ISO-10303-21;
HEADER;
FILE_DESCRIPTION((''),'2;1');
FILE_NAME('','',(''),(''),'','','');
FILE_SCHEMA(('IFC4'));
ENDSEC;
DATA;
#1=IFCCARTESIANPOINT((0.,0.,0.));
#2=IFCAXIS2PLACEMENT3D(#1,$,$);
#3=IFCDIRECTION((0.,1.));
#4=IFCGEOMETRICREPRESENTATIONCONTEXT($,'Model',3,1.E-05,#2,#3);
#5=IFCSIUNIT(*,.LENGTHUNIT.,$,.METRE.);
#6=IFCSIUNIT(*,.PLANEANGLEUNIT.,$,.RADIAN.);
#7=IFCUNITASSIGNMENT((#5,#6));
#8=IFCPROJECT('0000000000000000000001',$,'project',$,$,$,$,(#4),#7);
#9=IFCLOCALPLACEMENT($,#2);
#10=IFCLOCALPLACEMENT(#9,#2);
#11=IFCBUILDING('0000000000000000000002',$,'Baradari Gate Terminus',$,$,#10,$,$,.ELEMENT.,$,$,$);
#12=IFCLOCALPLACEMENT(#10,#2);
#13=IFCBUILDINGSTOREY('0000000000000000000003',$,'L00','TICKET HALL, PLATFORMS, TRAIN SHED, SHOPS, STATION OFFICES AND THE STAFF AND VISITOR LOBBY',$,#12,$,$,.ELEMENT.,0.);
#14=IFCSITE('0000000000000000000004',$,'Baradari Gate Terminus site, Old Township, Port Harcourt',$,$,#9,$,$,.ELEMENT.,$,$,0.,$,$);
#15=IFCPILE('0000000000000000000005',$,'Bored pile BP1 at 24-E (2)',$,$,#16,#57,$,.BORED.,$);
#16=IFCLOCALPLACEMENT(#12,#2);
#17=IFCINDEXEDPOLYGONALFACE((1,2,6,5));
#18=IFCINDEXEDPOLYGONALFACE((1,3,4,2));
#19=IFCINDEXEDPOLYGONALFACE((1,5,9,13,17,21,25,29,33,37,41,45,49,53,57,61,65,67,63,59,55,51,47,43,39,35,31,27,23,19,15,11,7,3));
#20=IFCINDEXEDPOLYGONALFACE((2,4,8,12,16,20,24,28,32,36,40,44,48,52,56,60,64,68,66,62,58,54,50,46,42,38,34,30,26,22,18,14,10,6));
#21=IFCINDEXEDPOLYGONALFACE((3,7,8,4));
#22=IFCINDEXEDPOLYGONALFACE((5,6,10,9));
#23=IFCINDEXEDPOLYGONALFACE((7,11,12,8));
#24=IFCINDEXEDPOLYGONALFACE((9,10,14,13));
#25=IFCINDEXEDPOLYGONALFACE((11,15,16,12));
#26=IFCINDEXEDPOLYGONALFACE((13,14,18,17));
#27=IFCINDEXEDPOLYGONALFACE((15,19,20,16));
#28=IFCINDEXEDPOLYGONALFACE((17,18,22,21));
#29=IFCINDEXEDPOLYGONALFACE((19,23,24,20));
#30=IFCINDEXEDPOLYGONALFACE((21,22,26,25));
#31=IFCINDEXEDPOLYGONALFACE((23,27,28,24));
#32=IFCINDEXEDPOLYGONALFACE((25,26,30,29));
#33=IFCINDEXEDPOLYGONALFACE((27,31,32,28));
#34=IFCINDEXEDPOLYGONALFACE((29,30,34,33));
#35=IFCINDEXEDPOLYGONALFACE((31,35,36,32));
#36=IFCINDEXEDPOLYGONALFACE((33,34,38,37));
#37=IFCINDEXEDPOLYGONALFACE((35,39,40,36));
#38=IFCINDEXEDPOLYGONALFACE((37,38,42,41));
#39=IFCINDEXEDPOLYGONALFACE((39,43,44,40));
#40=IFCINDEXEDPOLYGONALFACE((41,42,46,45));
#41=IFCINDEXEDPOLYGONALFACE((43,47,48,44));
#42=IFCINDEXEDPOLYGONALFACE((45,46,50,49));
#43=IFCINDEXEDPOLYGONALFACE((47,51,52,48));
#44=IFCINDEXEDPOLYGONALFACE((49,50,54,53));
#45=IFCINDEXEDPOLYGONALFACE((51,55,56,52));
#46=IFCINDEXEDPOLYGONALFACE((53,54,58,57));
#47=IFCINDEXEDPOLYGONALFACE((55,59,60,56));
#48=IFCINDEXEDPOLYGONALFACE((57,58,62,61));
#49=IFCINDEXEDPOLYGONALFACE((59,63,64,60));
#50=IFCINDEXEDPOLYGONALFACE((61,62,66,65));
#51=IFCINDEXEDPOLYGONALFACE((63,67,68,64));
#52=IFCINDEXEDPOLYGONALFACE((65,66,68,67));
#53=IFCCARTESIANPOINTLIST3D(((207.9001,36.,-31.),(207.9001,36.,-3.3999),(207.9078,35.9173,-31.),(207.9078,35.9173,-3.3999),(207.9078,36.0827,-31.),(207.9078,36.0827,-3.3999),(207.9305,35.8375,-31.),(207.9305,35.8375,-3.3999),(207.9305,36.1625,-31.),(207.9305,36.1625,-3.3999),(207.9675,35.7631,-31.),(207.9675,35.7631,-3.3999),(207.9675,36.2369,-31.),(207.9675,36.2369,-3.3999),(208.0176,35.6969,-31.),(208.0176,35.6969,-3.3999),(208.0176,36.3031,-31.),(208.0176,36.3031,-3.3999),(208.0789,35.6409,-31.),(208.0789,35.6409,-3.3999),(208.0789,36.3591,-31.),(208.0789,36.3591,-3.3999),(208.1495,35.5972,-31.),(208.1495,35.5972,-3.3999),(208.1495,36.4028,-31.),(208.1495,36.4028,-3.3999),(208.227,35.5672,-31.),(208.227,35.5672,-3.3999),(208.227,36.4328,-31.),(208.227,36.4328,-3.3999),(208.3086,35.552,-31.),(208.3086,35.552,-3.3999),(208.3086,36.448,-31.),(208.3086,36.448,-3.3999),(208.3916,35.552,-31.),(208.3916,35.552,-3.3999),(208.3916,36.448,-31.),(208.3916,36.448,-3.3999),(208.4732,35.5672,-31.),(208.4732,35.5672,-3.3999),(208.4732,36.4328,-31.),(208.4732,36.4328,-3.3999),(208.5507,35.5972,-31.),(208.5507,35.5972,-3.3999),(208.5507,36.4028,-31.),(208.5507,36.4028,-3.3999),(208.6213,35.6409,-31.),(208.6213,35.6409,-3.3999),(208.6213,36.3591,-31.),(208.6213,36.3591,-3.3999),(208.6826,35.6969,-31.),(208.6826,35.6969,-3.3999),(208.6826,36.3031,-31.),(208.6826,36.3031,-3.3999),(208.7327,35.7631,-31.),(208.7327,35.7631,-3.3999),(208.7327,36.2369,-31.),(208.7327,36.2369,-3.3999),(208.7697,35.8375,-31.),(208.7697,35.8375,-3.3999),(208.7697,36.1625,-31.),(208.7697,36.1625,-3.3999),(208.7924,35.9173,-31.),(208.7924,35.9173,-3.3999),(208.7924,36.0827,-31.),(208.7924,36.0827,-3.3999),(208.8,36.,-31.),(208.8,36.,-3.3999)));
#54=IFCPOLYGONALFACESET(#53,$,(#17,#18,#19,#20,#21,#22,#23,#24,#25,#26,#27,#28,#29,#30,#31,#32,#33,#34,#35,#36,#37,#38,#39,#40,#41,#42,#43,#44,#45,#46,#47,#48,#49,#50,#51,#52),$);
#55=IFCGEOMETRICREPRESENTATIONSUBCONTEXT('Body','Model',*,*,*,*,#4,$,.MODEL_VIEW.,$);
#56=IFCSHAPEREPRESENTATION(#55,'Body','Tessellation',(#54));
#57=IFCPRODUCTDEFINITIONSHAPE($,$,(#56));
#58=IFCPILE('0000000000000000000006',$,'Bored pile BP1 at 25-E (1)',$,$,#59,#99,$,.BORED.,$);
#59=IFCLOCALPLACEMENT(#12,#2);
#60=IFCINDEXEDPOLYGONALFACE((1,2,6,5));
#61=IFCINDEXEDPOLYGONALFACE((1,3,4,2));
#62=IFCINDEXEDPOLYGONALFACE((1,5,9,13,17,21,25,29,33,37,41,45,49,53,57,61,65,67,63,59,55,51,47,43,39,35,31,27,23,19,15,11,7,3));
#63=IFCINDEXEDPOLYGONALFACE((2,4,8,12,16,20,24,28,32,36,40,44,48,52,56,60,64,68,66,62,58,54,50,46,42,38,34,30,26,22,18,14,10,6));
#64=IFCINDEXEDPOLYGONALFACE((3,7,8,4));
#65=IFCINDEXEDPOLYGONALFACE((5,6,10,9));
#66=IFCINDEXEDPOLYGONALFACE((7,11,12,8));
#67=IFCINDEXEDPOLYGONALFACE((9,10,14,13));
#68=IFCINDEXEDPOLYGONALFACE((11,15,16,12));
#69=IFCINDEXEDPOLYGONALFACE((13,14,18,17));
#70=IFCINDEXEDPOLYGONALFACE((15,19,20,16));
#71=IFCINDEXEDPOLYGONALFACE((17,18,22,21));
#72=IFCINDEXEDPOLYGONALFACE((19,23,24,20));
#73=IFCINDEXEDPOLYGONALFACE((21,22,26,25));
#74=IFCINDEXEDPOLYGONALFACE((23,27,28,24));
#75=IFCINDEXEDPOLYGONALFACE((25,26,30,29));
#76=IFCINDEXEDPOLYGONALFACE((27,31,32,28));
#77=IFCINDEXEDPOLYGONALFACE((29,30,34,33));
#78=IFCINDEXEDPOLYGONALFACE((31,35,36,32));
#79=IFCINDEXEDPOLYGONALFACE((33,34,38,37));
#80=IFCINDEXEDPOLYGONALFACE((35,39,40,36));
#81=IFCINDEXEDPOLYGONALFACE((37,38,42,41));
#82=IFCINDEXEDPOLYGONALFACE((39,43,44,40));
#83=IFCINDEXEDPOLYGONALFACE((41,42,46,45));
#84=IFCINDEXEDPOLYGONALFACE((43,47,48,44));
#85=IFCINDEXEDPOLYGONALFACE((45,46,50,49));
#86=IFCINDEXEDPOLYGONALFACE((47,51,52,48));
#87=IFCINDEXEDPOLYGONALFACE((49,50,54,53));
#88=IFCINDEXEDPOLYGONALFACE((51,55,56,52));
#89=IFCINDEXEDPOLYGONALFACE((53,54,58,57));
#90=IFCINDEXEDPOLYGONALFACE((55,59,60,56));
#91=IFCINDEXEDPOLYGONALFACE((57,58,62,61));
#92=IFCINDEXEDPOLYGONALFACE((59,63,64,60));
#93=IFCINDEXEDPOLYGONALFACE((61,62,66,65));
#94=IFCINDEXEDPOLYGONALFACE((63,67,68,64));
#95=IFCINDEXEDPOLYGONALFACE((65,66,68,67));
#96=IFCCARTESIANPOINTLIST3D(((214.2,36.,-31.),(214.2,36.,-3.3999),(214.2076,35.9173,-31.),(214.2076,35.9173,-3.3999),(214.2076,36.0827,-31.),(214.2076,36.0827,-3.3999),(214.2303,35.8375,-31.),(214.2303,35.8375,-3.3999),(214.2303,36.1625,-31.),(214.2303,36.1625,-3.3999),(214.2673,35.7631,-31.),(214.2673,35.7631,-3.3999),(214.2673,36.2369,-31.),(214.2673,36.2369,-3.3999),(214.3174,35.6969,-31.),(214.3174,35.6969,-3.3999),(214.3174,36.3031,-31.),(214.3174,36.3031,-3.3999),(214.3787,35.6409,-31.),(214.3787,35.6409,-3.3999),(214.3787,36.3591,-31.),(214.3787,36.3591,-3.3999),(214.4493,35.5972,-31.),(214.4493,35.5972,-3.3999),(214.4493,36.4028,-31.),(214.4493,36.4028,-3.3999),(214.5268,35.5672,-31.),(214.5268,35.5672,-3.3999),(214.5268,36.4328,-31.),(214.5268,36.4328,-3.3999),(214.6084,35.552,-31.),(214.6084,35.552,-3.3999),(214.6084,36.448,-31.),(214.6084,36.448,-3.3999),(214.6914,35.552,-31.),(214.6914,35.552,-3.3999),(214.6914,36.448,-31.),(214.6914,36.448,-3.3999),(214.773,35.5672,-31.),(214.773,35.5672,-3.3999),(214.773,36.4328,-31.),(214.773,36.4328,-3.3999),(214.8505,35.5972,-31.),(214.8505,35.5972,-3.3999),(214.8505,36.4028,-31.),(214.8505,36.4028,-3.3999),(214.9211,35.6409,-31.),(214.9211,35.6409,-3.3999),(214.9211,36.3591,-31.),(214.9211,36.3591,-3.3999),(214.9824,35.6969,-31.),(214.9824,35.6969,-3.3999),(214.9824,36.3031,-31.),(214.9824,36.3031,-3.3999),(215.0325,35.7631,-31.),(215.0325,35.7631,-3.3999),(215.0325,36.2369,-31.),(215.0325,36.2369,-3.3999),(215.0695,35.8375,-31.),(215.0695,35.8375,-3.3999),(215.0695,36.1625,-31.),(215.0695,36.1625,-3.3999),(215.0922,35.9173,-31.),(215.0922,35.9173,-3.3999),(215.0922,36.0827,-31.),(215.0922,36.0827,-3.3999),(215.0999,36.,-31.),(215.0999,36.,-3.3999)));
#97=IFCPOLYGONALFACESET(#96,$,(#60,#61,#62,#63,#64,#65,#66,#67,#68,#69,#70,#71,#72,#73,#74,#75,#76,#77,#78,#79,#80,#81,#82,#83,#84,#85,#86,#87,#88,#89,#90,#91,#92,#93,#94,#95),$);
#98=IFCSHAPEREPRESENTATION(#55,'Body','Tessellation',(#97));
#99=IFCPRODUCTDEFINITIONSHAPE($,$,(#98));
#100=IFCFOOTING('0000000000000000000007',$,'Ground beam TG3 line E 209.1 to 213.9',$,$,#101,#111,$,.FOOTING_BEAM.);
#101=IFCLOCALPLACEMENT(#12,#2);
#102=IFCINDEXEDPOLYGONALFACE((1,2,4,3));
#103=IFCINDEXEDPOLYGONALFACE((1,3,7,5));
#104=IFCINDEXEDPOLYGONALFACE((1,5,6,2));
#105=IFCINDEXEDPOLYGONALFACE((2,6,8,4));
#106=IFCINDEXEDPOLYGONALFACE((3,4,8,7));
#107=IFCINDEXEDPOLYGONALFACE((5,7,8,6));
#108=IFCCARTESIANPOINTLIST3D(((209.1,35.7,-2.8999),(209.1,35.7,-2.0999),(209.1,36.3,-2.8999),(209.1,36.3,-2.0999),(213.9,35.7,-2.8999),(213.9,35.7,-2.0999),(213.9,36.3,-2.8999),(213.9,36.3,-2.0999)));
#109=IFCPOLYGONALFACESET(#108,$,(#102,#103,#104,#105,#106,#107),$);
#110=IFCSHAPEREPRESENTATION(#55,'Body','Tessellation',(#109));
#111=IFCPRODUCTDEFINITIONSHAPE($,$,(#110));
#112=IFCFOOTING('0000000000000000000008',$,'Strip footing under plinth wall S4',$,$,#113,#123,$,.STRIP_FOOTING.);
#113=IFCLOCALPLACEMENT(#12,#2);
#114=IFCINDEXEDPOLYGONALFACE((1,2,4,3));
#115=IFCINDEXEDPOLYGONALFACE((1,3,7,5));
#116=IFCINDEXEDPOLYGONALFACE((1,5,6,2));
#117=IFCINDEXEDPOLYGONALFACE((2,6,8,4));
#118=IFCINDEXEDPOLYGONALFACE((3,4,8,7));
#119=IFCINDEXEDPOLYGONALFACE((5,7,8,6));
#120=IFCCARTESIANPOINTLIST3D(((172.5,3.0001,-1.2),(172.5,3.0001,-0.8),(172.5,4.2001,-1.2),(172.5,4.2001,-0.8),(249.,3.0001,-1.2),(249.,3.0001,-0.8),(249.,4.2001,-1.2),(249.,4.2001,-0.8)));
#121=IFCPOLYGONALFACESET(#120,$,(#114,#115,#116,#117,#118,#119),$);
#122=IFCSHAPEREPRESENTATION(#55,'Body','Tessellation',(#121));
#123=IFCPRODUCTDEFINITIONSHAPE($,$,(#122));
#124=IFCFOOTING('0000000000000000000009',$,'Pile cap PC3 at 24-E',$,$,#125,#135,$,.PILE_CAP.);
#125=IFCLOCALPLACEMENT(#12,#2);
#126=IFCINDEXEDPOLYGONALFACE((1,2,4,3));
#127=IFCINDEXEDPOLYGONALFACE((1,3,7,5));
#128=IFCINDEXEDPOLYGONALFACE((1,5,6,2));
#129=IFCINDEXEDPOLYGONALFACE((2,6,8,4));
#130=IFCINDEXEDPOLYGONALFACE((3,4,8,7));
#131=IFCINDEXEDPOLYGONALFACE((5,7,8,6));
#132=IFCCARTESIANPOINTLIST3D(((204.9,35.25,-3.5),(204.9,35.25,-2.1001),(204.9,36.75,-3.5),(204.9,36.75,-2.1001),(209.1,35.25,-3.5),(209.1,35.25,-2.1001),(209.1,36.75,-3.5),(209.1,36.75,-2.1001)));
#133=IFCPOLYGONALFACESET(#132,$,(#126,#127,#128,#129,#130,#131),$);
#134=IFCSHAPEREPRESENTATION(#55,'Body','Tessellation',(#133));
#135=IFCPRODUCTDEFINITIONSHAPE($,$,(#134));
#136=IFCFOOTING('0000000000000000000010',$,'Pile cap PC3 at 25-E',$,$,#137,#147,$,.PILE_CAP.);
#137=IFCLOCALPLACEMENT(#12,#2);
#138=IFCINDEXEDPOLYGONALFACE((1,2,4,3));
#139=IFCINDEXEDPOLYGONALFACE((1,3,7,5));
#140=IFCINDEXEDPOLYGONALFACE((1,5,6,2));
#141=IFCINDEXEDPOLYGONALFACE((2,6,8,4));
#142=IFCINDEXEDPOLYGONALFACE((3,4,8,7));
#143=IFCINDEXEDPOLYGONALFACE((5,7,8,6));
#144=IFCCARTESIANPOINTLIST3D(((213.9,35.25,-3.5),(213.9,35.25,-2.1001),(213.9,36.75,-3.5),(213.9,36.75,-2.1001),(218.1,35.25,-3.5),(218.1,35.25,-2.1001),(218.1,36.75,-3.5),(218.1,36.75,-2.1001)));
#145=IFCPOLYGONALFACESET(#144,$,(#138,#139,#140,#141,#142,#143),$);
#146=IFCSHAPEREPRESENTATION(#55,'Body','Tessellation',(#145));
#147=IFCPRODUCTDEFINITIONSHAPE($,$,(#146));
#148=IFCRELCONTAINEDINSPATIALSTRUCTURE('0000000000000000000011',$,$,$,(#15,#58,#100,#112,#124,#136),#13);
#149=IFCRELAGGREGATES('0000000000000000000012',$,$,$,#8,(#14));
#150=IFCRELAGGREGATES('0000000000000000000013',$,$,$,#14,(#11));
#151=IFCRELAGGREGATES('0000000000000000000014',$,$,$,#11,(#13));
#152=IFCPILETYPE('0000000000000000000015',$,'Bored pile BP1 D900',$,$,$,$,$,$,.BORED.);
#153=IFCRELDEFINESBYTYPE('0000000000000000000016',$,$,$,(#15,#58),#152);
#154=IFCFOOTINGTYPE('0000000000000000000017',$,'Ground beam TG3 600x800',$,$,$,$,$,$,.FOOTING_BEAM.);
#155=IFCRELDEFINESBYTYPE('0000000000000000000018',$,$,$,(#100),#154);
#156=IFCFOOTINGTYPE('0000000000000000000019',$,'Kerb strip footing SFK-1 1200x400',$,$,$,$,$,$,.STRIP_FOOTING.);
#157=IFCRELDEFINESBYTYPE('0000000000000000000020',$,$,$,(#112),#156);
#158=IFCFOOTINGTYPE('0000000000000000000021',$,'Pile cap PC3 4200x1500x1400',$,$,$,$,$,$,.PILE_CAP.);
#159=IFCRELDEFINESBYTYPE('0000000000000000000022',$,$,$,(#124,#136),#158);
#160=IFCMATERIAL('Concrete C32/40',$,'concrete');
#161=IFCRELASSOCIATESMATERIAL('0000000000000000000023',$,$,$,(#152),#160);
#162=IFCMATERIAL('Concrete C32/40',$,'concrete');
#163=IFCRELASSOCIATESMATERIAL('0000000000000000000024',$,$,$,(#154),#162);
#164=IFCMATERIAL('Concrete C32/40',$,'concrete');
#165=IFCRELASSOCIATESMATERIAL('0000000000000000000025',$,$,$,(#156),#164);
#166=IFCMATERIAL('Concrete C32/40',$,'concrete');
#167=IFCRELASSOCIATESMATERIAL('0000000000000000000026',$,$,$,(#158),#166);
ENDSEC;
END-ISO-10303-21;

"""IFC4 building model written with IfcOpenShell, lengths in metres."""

from ifc_helpers import new_model, si_unit, direction, frame, origin, origin_2d, place, context, subcontext, project, spatial, rectangle, circle, extrude, material, type_object, element, save


model = new_model("IFC4")

# Units and contexts
model_context = context("Model", 3, precision=1e-05, world=origin(), true_north=direction((0.0, 1.0)))
body_context = subcontext(model_context, "Body", "Model", "MODEL_VIEW")
ifc_project = project(units=[si_unit("LENGTHUNIT", "METRE"), si_unit("PLANEANGLEUNIT", "RADIAN")], contexts=[model_context])

# Site, building, storey
site_placement = place(None, origin())
site = spatial("IfcSite", under=ifc_project, at=site_placement, Name="Baradari Gate Terminus site, Old Township, Port Harcourt", CompositionType="ELEMENT", RefElevation=0.0)
building_placement = place(site_placement, origin())
building = spatial("IfcBuilding", under=site, at=building_placement, Name="Baradari Gate Terminus", CompositionType="ELEMENT")
storey_placement = place(building_placement, origin())
storey = spatial("IfcBuildingStorey", under=building, at=storey_placement, Name="L00", Description="TICKET HALL, PLATFORMS, TRAIN SHED, SHOPS, STATION OFFICES AND THE STAFF AND VISITOR LOBBY", CompositionType="ELEMENT", Elevation=0.0)

# Piles
ifc_material_1 = material(Name="Concrete C32/40", Category="concrete")
pile_type = type_object("IfcPileType", Name="Bored pile BP1 D900", PredefinedType="BORED", material=ifc_material_1)
for number, where, z_axis, x_axis, name in (
    (1, (208.3501, 36.0, -3.3999), (0.0, 0.0, -1.0), (1.0, 0.0, 0.0), "Bored pile BP1 at 24-E (2)"),
    (2, (214.6499, 36.0, -3.3999), (0.0, 0.0, -1.0), (1.0, 0.0, 0.0), "Bored pile BP1 at 25-E (1)"),
):
    element("IfcPile", number, at=place(storey_placement, frame(where, z_axis=z_axis, x_axis=x_axis)), inside=storey, type_object=pile_type, Name=name, PredefinedType="BORED", context=body_context, shape_type="SweptSolid", body=[
        extrude(circle(Radius=0.45, at=origin_2d()), origin(), (0.0, 0.0, 1.0), 27.6001),
    ])

# Footings
ifc_material_2 = material(Name="Concrete C32/40", Category="concrete")
footing_type_1 = type_object("IfcFootingType", Name="Ground beam TG3 600x800", PredefinedType="FOOTING_BEAM", material=ifc_material_2)
footing_1_placement = place(storey_placement, frame((211.5, 36.0, -2.8999), z_axis=(0.0, 0.0, 1.0), x_axis=(1.0, 0.0, 0.0)))
element("IfcFooting", 3, at=footing_1_placement, inside=storey, type_object=footing_type_1, Name="Ground beam TG3 line E 209.1 to 213.9", PredefinedType="FOOTING_BEAM", context=body_context, shape_type="SweptSolid", body=[
    extrude(rectangle(XDim=4.8, YDim=0.6001, at=origin_2d()), origin(), (0.0, 0.0, 1.0), 0.8),
])
ifc_material_3 = material(Name="Concrete C32/40", Category="concrete")
footing_type_2 = type_object("IfcFootingType", Name="Kerb strip footing SFK-1 1200x400", PredefinedType="STRIP_FOOTING", material=ifc_material_3)
footing_2_placement = place(storey_placement, frame((210.75, 3.6001, -1.2), z_axis=(0.0, 0.0, 1.0), x_axis=(1.0, 0.0, 0.0)))
element("IfcFooting", 4, at=footing_2_placement, inside=storey, type_object=footing_type_2, Name="Strip footing under plinth wall S4", PredefinedType="STRIP_FOOTING", context=body_context, shape_type="SweptSolid", body=[
    extrude(rectangle(XDim=76.5, YDim=1.2, at=origin_2d()), origin(), (0.0, 0.0, 1.0), 0.3999),
])
ifc_material_4 = material(Name="Concrete C32/40", Category="concrete")
footing_type_3 = type_object("IfcFootingType", Name="Pile cap PC3 4200x1500x1400", PredefinedType="PILE_CAP", material=ifc_material_4)
for number, where, z_axis, x_axis, name in (
    (5, (207.0, 36.0, -3.5), (0.0, 0.0, 1.0), (1.0, 0.0, 0.0), "Pile cap PC3 at 24-E"),
    (6, (216.0, 36.0, -3.5), (0.0, 0.0, 1.0), (1.0, 0.0, 0.0), "Pile cap PC3 at 25-E"),
):
    element("IfcFooting", number, at=place(storey_placement, frame(where, z_axis=z_axis, x_axis=x_axis)), inside=storey, type_object=footing_type_3, Name=name, PredefinedType="PILE_CAP", context=body_context, shape_type="SweptSolid", body=[
        extrude(rectangle(XDim=4.2, YDim=1.5, at=origin_2d()), origin(), (0.0, 0.0, 1.0), 1.3999),
    ])

save(model, "model.ifc")
